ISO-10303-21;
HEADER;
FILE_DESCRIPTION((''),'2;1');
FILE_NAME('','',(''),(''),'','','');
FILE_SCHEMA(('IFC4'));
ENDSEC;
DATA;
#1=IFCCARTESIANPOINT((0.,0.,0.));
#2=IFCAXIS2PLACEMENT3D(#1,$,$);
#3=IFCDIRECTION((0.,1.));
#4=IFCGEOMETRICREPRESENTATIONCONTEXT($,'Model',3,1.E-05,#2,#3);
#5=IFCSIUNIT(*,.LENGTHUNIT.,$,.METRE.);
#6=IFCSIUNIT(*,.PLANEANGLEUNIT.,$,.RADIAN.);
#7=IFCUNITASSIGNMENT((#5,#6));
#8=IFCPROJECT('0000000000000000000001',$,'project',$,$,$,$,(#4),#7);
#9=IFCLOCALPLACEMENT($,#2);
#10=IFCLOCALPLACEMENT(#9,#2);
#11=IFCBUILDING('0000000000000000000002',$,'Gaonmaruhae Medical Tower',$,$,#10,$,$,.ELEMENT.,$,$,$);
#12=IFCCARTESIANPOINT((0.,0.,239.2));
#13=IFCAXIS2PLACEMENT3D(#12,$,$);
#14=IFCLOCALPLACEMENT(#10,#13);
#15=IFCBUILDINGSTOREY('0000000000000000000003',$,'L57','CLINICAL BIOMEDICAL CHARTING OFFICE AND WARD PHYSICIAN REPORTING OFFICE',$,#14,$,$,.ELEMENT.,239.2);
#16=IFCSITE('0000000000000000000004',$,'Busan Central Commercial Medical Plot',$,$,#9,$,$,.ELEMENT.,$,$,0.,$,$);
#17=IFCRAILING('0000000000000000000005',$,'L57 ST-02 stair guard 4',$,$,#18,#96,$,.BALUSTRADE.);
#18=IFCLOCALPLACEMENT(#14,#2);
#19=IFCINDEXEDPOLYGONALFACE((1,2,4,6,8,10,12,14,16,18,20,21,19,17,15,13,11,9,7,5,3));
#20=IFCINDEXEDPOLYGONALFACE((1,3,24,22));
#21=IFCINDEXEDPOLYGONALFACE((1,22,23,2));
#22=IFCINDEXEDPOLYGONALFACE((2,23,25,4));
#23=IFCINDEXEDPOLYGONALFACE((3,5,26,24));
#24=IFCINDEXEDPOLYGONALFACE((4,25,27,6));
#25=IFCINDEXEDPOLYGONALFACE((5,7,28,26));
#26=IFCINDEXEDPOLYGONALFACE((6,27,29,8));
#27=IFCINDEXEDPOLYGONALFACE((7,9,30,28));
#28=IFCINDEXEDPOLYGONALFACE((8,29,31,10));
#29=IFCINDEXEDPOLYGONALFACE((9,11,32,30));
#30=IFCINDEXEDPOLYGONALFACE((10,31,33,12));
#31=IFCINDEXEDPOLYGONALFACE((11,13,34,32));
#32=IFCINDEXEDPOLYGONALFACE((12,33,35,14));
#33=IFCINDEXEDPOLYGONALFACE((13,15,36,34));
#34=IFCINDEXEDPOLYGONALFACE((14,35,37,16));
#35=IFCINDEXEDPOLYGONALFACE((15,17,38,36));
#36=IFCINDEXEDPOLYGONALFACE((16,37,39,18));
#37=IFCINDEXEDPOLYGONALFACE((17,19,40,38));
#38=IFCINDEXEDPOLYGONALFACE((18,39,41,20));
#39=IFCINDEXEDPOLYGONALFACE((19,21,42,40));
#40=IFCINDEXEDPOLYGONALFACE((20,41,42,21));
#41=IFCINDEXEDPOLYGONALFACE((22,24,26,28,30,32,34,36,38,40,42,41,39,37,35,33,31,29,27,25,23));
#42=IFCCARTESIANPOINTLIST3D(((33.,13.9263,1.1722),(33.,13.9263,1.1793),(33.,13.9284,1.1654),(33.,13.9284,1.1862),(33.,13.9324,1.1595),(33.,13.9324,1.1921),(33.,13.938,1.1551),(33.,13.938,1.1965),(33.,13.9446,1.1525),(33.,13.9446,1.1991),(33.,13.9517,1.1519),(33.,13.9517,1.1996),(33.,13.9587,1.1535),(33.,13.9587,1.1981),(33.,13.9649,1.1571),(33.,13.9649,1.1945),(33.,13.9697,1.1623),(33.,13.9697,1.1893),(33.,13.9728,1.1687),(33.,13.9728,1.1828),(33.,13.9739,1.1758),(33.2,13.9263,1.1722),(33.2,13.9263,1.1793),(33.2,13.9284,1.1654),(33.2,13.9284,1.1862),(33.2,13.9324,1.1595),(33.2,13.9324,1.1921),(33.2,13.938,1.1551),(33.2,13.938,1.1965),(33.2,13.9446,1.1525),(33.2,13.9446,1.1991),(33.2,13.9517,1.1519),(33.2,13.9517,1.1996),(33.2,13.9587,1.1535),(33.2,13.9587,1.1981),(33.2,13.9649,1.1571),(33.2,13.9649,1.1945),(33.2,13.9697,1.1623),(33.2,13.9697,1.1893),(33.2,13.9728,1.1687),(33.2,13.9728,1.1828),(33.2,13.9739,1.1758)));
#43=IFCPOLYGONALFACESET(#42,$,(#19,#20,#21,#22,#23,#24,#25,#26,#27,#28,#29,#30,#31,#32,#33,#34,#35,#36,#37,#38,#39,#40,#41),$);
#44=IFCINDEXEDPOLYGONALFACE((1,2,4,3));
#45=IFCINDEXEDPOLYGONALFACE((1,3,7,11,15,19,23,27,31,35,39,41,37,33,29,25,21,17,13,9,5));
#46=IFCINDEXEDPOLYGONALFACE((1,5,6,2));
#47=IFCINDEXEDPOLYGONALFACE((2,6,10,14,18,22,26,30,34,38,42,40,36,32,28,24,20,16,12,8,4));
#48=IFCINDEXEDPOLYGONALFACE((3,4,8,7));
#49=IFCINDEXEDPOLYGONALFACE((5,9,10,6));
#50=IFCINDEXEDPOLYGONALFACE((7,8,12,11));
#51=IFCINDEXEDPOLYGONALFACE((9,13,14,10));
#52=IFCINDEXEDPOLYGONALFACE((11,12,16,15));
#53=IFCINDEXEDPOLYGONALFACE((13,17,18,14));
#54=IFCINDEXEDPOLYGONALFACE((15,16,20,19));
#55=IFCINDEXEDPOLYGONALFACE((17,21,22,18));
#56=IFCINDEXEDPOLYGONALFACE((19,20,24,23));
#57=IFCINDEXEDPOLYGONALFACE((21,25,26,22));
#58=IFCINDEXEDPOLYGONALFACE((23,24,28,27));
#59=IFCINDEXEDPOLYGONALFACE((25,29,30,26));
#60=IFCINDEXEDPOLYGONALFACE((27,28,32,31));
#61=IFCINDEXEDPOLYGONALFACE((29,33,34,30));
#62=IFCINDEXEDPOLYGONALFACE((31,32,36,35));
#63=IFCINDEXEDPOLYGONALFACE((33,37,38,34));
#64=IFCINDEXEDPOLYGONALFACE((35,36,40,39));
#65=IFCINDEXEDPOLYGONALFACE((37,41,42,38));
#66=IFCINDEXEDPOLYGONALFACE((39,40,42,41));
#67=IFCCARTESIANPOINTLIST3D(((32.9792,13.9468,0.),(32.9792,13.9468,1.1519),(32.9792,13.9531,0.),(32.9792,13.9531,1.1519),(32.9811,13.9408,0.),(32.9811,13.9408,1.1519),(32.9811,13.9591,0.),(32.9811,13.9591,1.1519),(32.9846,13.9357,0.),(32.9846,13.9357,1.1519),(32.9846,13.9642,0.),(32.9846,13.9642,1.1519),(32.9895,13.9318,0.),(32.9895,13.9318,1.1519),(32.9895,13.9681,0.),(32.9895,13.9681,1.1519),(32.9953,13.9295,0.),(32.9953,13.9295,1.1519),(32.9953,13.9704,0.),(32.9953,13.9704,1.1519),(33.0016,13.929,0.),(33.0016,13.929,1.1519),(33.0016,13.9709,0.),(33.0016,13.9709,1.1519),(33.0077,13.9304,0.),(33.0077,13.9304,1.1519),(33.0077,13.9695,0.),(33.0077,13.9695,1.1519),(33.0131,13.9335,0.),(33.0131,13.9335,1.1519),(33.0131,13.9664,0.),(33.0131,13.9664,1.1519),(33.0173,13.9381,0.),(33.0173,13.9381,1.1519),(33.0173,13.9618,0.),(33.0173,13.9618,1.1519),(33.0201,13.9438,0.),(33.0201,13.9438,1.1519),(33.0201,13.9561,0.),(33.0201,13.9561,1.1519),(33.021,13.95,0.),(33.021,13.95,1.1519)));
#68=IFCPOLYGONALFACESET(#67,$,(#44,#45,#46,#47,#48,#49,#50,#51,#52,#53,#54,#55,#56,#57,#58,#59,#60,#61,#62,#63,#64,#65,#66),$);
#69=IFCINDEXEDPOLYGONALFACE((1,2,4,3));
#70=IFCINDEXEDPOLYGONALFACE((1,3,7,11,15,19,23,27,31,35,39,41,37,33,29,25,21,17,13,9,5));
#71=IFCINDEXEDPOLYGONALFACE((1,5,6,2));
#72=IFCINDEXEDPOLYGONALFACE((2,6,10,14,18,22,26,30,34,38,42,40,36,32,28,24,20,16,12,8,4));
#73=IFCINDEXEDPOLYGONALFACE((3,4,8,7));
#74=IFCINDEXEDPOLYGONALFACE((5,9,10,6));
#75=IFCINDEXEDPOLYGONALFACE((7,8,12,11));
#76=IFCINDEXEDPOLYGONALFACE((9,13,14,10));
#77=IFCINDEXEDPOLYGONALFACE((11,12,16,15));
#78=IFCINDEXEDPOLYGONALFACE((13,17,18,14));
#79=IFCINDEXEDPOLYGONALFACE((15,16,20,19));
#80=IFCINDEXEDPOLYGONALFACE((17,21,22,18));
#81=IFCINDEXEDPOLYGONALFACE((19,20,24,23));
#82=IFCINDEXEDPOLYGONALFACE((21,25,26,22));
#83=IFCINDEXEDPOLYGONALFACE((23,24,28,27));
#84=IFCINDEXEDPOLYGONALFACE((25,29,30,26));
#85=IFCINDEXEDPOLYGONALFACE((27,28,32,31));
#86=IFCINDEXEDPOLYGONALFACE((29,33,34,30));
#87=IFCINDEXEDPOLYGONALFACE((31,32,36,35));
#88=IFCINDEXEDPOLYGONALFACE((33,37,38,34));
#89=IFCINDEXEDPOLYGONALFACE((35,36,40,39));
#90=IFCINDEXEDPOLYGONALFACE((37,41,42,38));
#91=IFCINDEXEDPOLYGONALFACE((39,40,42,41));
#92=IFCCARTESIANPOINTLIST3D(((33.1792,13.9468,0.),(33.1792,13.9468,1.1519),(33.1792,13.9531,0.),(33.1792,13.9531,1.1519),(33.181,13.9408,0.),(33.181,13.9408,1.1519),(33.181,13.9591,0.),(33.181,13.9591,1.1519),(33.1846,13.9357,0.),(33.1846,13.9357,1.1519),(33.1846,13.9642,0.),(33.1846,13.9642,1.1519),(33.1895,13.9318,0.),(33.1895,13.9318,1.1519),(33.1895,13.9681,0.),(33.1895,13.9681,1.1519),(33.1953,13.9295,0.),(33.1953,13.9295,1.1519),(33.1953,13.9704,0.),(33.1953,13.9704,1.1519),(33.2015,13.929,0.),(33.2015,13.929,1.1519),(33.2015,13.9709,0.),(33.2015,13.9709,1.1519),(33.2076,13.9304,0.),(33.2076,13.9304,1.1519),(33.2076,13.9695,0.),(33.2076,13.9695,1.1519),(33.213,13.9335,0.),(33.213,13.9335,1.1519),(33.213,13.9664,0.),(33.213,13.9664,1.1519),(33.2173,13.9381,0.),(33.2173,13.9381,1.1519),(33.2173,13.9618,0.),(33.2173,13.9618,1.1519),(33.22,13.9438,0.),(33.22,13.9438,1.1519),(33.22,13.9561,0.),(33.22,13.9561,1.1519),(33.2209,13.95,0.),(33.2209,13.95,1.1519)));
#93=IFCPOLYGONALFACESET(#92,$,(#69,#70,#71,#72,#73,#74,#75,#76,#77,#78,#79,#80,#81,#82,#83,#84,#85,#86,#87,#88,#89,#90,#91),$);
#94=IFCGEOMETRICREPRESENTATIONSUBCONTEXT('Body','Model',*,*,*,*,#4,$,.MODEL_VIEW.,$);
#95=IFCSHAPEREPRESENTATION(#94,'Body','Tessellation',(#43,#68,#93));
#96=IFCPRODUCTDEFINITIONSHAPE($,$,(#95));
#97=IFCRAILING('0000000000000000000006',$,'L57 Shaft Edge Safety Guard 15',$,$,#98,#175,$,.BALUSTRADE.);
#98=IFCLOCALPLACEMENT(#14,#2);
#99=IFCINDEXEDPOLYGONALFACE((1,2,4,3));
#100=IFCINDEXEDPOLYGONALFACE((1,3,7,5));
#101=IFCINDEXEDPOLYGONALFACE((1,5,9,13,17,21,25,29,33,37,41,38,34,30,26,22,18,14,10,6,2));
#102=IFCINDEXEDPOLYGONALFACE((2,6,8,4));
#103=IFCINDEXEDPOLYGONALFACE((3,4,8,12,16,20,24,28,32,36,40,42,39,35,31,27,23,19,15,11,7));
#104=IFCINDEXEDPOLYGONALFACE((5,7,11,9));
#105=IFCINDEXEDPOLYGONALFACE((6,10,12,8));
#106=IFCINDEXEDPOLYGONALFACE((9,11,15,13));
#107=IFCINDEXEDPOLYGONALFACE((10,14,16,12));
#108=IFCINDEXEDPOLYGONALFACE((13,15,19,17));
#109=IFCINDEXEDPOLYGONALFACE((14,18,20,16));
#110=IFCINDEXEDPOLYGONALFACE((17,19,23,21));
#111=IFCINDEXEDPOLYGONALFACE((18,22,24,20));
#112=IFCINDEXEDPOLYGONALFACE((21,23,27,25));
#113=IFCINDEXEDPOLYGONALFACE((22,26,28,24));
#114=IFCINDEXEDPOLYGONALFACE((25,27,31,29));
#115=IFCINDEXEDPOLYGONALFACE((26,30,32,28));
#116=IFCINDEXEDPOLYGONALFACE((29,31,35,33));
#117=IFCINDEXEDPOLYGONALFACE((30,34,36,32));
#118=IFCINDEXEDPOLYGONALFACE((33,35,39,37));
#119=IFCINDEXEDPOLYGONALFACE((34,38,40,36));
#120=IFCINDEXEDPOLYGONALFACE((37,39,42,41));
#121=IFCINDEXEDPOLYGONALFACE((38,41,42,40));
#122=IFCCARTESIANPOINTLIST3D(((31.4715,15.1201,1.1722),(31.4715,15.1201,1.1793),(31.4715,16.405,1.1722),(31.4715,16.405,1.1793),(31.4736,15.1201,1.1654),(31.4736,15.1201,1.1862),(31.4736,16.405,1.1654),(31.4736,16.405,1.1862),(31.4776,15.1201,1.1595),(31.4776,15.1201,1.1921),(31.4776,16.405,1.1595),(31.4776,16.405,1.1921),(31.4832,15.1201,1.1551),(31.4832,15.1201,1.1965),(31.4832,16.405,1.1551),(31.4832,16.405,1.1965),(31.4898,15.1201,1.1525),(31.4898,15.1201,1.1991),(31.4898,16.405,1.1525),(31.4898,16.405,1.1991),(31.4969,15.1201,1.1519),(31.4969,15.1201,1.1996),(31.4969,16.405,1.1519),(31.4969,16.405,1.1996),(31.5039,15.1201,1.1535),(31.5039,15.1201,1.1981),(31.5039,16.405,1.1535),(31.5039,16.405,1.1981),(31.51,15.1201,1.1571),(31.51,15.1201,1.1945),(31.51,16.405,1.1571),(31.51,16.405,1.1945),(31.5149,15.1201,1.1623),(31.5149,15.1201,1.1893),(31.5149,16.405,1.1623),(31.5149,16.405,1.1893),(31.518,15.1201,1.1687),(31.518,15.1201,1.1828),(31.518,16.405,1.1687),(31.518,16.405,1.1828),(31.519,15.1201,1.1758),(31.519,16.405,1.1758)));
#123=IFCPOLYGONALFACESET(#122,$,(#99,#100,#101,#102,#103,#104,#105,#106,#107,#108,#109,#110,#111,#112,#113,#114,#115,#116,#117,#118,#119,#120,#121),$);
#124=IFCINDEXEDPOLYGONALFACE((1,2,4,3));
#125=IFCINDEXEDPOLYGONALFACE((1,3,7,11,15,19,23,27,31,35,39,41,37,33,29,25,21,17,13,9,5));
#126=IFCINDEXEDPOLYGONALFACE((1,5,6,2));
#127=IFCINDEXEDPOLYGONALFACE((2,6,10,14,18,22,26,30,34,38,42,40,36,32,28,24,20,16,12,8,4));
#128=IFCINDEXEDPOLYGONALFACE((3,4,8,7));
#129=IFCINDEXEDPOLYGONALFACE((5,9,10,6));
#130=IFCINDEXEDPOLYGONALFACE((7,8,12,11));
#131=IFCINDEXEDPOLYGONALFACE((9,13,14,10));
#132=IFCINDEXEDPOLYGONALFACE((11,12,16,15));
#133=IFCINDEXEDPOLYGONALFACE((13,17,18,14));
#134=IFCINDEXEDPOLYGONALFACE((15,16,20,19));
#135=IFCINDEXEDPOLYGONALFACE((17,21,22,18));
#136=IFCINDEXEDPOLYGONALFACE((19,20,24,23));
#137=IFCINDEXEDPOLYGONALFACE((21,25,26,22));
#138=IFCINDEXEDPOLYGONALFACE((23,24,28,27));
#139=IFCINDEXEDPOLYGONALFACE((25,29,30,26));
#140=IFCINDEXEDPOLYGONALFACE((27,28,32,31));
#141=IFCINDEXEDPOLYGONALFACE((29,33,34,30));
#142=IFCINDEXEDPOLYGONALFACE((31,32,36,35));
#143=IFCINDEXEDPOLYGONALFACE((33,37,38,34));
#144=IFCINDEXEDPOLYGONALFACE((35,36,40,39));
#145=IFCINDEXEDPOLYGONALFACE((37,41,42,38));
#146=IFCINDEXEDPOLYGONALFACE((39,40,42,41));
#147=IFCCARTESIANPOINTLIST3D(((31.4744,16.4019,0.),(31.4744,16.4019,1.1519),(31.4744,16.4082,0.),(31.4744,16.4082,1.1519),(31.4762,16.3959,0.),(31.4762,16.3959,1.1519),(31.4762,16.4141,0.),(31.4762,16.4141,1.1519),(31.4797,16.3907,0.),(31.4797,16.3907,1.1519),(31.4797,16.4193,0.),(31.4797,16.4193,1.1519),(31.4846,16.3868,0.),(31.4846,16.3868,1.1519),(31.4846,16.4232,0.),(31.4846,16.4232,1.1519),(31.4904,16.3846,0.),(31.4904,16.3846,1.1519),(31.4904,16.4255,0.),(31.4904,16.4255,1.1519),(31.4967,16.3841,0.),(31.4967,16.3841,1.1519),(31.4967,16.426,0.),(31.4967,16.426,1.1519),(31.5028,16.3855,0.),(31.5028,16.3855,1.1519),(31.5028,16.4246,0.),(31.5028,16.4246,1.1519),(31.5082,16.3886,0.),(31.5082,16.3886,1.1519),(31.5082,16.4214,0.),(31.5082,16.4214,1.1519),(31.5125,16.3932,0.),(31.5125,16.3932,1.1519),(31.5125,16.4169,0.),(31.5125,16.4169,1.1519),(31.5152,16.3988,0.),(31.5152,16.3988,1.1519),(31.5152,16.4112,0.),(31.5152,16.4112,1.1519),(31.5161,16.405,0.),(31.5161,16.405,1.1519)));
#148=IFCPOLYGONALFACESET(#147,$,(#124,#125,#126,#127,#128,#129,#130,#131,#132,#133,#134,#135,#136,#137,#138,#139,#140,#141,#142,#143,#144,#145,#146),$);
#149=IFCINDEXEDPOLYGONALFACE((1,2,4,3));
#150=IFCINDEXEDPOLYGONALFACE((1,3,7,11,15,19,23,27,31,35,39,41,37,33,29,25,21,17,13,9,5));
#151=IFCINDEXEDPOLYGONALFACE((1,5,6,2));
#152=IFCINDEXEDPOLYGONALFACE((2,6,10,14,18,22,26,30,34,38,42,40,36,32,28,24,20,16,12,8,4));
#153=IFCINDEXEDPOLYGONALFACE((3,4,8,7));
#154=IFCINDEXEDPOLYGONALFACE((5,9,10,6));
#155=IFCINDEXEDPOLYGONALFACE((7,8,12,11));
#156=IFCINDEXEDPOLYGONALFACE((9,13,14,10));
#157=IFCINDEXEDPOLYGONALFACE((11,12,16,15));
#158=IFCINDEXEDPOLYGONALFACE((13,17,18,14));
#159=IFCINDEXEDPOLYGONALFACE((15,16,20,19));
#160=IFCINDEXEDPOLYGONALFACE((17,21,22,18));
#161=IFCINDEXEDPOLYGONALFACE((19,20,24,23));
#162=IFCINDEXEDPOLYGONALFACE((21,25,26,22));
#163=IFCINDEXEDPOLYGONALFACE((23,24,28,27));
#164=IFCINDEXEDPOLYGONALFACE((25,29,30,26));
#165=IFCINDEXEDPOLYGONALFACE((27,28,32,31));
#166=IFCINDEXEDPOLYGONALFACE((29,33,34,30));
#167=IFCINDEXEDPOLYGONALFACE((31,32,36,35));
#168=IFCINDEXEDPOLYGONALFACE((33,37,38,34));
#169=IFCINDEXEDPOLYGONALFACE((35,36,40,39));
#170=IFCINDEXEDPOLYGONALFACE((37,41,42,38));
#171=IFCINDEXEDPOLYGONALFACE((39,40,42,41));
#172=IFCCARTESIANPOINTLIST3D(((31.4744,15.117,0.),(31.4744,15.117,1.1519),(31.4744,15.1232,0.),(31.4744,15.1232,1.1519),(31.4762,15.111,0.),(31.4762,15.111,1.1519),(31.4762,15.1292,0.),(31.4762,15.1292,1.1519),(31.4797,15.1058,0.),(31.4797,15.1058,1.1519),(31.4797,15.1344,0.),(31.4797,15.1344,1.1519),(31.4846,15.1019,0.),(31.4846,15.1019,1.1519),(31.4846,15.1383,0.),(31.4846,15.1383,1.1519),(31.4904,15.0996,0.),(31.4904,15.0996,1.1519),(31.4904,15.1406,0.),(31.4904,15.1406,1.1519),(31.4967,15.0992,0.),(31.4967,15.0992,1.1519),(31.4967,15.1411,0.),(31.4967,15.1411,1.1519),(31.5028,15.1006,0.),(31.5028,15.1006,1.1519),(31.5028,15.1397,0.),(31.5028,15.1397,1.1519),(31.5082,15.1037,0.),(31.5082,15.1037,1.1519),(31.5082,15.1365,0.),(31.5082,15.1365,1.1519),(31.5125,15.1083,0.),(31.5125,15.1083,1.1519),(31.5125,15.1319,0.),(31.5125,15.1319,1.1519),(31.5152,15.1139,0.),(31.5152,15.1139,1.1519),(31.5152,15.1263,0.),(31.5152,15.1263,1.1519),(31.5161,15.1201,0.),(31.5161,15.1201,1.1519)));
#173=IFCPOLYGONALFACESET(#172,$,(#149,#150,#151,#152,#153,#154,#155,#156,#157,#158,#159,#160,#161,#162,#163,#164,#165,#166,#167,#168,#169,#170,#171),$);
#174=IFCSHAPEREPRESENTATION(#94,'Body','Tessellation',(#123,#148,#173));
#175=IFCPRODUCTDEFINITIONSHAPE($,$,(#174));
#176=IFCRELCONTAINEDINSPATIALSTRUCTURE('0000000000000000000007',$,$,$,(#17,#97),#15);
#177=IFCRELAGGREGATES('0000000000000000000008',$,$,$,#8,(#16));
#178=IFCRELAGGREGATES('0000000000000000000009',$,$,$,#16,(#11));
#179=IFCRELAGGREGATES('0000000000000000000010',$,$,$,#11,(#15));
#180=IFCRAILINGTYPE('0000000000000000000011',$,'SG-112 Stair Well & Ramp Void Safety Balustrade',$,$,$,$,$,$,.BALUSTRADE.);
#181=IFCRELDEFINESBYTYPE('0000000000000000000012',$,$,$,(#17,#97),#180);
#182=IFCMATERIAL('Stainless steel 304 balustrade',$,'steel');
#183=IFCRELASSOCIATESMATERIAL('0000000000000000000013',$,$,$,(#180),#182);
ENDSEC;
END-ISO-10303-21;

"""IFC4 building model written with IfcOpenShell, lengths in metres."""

from ifc_helpers import new_model, si_unit, direction, frame, origin, origin_2d, place, context, subcontext, project, spatial, circle, extrude, material, type_object, element, save


model = new_model("IFC4")

# Units and contexts
model_context = context("Model", 3, precision=1e-05, world=origin(), true_north=direction((0.0, 1.0)))
body_context = subcontext(model_context, "Body", "Model", "MODEL_VIEW")
ifc_project = project(units=[si_unit("LENGTHUNIT", "METRE"), si_unit("PLANEANGLEUNIT", "RADIAN")], contexts=[model_context])

# Site, building, storey
site_placement = place(None, origin())
site = spatial("IfcSite", under=ifc_project, at=site_placement, Name="Busan Central Commercial Medical Plot", CompositionType="ELEMENT", RefElevation=0.0)
building_placement = place(site_placement, origin())
building = spatial("IfcBuilding", under=site, at=building_placement, Name="Gaonmaruhae Medical Tower", CompositionType="ELEMENT")
storey_placement = place(building_placement, frame((0.0, 0.0, 239.2)))
storey = spatial("IfcBuildingStorey", under=building, at=storey_placement, Name="L57", Description="CLINICAL BIOMEDICAL CHARTING OFFICE AND WARD PHYSICIAN REPORTING OFFICE", CompositionType="ELEMENT", Elevation=239.2)

# Railings
ifc_material_1 = material(Name="Stainless steel 304 balustrade", Category="steel")
railing_type_1 = type_object("IfcRailingType", Name="SG-112 Stair Well & Ramp Void Safety Balustrade", PredefinedType="BALUSTRADE", material=ifc_material_1)
railing_1_placement = place(storey_placement, frame((33.0, 13.95, 0.0)))
element("IfcRailing", 1, at=railing_1_placement, inside=storey, type_object=railing_type_1, Name="L57 ST-02 stair guard 4", PredefinedType="BALUSTRADE", context=body_context, shape_type="SweptSolid", body=[
    extrude(circle(Radius=0.0239, at=origin_2d()), frame((0.0, 0.0, 1.1758), z_axis=(1.0, 0.0, 0.0), x_axis=(0.0, 1.0, 0.0)), (0.0, 0.0, 1.0), 0.2),
    extrude(circle(Radius=0.021, at=origin_2d()), origin(), (0.0, 0.0, 1.0), 1.1519),
    extrude(circle(Radius=0.021, at=origin_2d()), frame((0.2, 0.0, 0.0)), (0.0, 0.0, 1.0), 1.1519),
])
railing_2_placement = place(storey_placement, frame((31.4951, 16.405, 0.0)))
element("IfcRailing", 2, at=railing_2_placement, inside=storey, type_object=railing_type_1, Name="L57 Shaft Edge Safety Guard 15", PredefinedType="BALUSTRADE", context=body_context, shape_type="SweptSolid", body=[
    extrude(circle(Radius=0.0239, at=origin_2d()), frame((0.0, 0.0, 1.1758), z_axis=(0.0, -1.0, 0.0), x_axis=(1.0, 0.0, 0.0)), (0.0, 0.0, 1.0), 1.2849),
    extrude(circle(Radius=0.021, at=origin_2d()), origin(), (0.0, 0.0, 1.0), 1.1519),
    extrude(circle(Radius=0.021, at=origin_2d()), frame((0.0, -1.2849, 0.0)), (0.0, 0.0, 1.0), 1.1519),
])

save(model, "model.ifc")
